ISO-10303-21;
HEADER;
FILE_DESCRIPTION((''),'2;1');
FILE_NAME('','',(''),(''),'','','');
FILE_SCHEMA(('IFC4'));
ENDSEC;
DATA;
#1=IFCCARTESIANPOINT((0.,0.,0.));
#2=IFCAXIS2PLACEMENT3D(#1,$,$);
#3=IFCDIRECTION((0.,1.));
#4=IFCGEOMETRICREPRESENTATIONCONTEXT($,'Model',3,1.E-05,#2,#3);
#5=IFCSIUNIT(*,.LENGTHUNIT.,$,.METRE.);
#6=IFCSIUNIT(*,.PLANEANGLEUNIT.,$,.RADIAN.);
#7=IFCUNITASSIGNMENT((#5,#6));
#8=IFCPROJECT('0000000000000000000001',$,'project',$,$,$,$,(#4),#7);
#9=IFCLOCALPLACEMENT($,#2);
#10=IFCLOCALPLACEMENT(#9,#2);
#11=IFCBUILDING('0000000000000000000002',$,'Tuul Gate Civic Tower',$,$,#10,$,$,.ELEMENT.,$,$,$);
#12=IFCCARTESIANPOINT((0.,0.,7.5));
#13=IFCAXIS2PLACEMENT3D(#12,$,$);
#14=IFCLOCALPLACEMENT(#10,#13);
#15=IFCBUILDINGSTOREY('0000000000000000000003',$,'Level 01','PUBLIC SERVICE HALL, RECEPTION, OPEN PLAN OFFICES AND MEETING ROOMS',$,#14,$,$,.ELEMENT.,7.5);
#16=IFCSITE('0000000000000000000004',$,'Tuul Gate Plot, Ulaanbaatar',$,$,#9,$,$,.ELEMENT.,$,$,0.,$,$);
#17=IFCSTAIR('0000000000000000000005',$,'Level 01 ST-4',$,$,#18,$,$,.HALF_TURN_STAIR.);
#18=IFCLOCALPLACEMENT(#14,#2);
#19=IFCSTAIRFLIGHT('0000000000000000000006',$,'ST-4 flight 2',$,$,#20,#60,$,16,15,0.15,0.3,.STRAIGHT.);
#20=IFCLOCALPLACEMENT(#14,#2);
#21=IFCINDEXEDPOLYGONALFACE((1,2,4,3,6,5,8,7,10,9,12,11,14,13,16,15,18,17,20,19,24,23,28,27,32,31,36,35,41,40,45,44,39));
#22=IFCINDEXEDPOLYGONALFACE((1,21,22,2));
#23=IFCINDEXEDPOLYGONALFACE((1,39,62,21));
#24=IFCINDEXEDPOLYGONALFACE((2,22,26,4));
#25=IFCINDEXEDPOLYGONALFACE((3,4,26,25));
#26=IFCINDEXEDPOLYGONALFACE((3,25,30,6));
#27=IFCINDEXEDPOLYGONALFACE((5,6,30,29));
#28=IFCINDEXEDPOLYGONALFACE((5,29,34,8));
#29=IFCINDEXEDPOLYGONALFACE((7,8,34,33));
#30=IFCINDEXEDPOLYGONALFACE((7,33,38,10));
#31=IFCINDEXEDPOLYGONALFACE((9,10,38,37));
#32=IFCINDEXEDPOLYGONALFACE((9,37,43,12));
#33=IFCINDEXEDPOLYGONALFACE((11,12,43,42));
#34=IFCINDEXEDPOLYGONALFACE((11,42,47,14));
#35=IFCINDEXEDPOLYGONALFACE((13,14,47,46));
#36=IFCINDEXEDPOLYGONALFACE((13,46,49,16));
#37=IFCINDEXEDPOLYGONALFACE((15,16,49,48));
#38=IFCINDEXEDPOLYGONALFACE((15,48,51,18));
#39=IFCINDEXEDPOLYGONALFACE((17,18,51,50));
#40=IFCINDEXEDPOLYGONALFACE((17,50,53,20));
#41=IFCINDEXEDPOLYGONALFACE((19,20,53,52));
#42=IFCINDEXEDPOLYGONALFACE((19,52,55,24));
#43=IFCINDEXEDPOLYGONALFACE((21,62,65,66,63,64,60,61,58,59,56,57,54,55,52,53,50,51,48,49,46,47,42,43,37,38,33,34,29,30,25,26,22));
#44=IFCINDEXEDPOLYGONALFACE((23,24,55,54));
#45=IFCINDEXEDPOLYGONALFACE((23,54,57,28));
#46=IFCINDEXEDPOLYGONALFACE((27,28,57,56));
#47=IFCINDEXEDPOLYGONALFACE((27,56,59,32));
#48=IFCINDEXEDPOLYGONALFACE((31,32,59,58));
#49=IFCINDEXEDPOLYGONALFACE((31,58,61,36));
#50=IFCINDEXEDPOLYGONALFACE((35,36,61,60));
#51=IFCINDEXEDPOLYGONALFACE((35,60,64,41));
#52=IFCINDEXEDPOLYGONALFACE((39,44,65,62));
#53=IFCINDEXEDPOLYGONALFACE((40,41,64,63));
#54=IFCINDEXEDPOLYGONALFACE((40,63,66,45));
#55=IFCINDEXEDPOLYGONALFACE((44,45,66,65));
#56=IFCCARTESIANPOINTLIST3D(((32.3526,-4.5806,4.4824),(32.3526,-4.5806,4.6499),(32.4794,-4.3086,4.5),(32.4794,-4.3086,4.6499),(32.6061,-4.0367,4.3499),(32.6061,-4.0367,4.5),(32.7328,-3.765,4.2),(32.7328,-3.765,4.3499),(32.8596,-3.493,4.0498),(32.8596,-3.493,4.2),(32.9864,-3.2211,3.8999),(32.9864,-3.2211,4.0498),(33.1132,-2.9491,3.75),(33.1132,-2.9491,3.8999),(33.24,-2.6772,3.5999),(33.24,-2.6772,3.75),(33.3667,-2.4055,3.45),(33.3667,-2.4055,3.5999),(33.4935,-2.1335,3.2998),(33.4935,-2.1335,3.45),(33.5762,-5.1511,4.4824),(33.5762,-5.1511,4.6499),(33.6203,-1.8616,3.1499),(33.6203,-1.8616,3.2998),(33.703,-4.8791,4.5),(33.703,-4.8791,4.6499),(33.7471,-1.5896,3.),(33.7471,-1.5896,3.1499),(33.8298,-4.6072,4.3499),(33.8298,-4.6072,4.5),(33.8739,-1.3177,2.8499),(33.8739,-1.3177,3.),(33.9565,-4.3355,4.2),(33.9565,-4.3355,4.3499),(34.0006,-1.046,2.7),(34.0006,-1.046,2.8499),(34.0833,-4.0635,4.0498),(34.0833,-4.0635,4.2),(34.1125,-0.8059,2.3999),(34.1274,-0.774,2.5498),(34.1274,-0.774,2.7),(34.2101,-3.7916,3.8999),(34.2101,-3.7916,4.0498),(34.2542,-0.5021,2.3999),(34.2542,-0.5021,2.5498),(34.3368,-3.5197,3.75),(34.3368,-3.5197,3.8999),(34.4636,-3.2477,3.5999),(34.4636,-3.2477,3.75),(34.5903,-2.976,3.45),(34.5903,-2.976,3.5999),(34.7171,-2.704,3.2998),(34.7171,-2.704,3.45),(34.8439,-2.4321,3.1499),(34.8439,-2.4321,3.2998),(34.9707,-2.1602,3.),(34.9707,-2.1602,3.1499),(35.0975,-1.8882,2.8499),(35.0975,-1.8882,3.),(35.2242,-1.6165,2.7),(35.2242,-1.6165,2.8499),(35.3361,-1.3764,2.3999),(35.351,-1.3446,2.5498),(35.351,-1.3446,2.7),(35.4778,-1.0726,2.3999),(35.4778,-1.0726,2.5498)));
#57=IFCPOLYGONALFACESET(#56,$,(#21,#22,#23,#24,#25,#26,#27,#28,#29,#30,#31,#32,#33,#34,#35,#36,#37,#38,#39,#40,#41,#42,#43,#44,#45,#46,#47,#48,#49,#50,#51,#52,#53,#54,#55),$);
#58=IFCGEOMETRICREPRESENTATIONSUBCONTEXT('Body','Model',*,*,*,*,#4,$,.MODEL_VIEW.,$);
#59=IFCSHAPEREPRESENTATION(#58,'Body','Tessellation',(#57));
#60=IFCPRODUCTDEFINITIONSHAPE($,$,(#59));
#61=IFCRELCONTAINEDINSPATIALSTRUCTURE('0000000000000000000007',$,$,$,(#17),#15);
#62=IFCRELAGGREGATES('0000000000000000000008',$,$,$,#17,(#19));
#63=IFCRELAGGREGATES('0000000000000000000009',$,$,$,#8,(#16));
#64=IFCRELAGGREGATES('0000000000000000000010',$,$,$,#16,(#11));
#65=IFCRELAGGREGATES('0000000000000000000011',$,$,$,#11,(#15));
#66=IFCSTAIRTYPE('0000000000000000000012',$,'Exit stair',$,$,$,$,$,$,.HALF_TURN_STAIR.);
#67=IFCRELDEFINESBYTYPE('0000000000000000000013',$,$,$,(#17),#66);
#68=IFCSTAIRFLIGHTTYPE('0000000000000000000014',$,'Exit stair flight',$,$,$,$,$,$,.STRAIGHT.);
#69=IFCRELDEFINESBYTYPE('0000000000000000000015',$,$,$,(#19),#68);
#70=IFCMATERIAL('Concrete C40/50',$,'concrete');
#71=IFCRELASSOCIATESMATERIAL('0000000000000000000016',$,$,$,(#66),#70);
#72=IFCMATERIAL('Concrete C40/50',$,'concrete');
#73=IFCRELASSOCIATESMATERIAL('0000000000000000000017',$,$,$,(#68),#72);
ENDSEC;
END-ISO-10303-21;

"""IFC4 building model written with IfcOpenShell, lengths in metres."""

from ifc_helpers import new_model, si_unit, direction, frame, origin, place, context, subcontext, project, spatial, polyline, outline, extrude, material, type_object, element, aggregate, save


model = new_model("IFC4")

# Units and contexts
model_context = context("Model", 3, precision=1e-05, world=origin(), true_north=direction((0.0, 1.0)))
body_context = subcontext(model_context, "Body", "Model", "MODEL_VIEW")
ifc_project = project(units=[si_unit("LENGTHUNIT", "METRE"), si_unit("PLANEANGLEUNIT", "RADIAN")], contexts=[model_context])

# Site, building, storey
site_placement = place(None, origin())
site = spatial("IfcSite", under=ifc_project, at=site_placement, Name="Tuul Gate Plot, Ulaanbaatar", CompositionType="ELEMENT", RefElevation=0.0)
building_placement = place(site_placement, origin())
building = spatial("IfcBuilding", under=site, at=building_placement, Name="Tuul Gate Civic Tower", CompositionType="ELEMENT")
storey_placement = place(building_placement, frame((0.0, 0.0, 7.5)))
storey = spatial("IfcBuildingStorey", under=building, at=storey_placement, Name="Level 01", Description="PUBLIC SERVICE HALL, RECEPTION, OPEN PLAN OFFICES AND MEETING ROOMS", CompositionType="ELEMENT", Elevation=7.5)

# Stair, stair flight
ifc_material_1 = material(Name="Concrete C40/50", Category="concrete")
stair_type = type_object("IfcStairType", Name="Exit stair", PredefinedType="HALF_TURN_STAIR", material=ifc_material_1)
stair_placement = place(storey_placement, origin())
stair = element("IfcStair", 1, at=stair_placement, inside=storey, type_object=stair_type, Name="Level 01 ST-4", PredefinedType="HALF_TURN_STAIR")
ifc_material_2 = material(Name="Concrete C40/50", Category="concrete")
stair_flight_type = type_object("IfcStairFlightType", Name="Exit stair flight", PredefinedType="STRAIGHT", material=ifc_material_2)
stair_flight_placement = place(storey_placement, frame((34.866, -0.7874, 2.3999), z_axis=(0.0, 0.0, 1.0), x_axis=(-0.422576, -0.906327, 0.0)))
stair_flight = element("IfcStairFlight", 2, at=stair_flight_placement, type_object=stair_flight_type, Name="ST-4 flight 2", NumberOfRisers=16, NumberOfTreads=15, PredefinedType="STRAIGHT", RiserHeight=0.15, TreadLength=0.3, context=body_context, shape_type="SweptSolid", body=[
    extrude(outline(polyline([(0.0, 0.0), (0.0, 0.1499), (0.3, 0.1499), (0.3, 0.3), (0.6001, 0.3), (0.6001, 0.45), (0.8999, 0.45), (0.8999, 0.6001), (1.2, 0.6001), (1.2, 0.75), (1.5, 0.75), (1.5, 0.8999), (1.8, 0.8999), (1.8, 1.05), (2.1001, 1.05), (2.1001, 1.2), (2.3999, 1.2), (2.3999, 1.3501), (2.7, 1.3501), (2.7, 1.5), (3.0, 1.5), (3.0, 1.6499), (3.3, 1.6499), (3.3, 1.8), (3.6001, 1.8), (3.6001, 1.95), (3.8999, 1.95), (3.8999, 2.1001), (4.2, 2.1001), (4.2, 2.25), (4.5, 2.25), (4.5, 2.3999), (4.5, 2.0825), (0.3352, 0.0), (0.0, 0.0)])), frame((0.0, 0.675, 0.0), z_axis=(0.0, -1.0, 0.0), x_axis=(1.0, 0.0, 0.0)), (0.0, 0.0, 1.0), 1.3501),
])
aggregate(stair, [stair_flight])

save(model, "model.ifc")
